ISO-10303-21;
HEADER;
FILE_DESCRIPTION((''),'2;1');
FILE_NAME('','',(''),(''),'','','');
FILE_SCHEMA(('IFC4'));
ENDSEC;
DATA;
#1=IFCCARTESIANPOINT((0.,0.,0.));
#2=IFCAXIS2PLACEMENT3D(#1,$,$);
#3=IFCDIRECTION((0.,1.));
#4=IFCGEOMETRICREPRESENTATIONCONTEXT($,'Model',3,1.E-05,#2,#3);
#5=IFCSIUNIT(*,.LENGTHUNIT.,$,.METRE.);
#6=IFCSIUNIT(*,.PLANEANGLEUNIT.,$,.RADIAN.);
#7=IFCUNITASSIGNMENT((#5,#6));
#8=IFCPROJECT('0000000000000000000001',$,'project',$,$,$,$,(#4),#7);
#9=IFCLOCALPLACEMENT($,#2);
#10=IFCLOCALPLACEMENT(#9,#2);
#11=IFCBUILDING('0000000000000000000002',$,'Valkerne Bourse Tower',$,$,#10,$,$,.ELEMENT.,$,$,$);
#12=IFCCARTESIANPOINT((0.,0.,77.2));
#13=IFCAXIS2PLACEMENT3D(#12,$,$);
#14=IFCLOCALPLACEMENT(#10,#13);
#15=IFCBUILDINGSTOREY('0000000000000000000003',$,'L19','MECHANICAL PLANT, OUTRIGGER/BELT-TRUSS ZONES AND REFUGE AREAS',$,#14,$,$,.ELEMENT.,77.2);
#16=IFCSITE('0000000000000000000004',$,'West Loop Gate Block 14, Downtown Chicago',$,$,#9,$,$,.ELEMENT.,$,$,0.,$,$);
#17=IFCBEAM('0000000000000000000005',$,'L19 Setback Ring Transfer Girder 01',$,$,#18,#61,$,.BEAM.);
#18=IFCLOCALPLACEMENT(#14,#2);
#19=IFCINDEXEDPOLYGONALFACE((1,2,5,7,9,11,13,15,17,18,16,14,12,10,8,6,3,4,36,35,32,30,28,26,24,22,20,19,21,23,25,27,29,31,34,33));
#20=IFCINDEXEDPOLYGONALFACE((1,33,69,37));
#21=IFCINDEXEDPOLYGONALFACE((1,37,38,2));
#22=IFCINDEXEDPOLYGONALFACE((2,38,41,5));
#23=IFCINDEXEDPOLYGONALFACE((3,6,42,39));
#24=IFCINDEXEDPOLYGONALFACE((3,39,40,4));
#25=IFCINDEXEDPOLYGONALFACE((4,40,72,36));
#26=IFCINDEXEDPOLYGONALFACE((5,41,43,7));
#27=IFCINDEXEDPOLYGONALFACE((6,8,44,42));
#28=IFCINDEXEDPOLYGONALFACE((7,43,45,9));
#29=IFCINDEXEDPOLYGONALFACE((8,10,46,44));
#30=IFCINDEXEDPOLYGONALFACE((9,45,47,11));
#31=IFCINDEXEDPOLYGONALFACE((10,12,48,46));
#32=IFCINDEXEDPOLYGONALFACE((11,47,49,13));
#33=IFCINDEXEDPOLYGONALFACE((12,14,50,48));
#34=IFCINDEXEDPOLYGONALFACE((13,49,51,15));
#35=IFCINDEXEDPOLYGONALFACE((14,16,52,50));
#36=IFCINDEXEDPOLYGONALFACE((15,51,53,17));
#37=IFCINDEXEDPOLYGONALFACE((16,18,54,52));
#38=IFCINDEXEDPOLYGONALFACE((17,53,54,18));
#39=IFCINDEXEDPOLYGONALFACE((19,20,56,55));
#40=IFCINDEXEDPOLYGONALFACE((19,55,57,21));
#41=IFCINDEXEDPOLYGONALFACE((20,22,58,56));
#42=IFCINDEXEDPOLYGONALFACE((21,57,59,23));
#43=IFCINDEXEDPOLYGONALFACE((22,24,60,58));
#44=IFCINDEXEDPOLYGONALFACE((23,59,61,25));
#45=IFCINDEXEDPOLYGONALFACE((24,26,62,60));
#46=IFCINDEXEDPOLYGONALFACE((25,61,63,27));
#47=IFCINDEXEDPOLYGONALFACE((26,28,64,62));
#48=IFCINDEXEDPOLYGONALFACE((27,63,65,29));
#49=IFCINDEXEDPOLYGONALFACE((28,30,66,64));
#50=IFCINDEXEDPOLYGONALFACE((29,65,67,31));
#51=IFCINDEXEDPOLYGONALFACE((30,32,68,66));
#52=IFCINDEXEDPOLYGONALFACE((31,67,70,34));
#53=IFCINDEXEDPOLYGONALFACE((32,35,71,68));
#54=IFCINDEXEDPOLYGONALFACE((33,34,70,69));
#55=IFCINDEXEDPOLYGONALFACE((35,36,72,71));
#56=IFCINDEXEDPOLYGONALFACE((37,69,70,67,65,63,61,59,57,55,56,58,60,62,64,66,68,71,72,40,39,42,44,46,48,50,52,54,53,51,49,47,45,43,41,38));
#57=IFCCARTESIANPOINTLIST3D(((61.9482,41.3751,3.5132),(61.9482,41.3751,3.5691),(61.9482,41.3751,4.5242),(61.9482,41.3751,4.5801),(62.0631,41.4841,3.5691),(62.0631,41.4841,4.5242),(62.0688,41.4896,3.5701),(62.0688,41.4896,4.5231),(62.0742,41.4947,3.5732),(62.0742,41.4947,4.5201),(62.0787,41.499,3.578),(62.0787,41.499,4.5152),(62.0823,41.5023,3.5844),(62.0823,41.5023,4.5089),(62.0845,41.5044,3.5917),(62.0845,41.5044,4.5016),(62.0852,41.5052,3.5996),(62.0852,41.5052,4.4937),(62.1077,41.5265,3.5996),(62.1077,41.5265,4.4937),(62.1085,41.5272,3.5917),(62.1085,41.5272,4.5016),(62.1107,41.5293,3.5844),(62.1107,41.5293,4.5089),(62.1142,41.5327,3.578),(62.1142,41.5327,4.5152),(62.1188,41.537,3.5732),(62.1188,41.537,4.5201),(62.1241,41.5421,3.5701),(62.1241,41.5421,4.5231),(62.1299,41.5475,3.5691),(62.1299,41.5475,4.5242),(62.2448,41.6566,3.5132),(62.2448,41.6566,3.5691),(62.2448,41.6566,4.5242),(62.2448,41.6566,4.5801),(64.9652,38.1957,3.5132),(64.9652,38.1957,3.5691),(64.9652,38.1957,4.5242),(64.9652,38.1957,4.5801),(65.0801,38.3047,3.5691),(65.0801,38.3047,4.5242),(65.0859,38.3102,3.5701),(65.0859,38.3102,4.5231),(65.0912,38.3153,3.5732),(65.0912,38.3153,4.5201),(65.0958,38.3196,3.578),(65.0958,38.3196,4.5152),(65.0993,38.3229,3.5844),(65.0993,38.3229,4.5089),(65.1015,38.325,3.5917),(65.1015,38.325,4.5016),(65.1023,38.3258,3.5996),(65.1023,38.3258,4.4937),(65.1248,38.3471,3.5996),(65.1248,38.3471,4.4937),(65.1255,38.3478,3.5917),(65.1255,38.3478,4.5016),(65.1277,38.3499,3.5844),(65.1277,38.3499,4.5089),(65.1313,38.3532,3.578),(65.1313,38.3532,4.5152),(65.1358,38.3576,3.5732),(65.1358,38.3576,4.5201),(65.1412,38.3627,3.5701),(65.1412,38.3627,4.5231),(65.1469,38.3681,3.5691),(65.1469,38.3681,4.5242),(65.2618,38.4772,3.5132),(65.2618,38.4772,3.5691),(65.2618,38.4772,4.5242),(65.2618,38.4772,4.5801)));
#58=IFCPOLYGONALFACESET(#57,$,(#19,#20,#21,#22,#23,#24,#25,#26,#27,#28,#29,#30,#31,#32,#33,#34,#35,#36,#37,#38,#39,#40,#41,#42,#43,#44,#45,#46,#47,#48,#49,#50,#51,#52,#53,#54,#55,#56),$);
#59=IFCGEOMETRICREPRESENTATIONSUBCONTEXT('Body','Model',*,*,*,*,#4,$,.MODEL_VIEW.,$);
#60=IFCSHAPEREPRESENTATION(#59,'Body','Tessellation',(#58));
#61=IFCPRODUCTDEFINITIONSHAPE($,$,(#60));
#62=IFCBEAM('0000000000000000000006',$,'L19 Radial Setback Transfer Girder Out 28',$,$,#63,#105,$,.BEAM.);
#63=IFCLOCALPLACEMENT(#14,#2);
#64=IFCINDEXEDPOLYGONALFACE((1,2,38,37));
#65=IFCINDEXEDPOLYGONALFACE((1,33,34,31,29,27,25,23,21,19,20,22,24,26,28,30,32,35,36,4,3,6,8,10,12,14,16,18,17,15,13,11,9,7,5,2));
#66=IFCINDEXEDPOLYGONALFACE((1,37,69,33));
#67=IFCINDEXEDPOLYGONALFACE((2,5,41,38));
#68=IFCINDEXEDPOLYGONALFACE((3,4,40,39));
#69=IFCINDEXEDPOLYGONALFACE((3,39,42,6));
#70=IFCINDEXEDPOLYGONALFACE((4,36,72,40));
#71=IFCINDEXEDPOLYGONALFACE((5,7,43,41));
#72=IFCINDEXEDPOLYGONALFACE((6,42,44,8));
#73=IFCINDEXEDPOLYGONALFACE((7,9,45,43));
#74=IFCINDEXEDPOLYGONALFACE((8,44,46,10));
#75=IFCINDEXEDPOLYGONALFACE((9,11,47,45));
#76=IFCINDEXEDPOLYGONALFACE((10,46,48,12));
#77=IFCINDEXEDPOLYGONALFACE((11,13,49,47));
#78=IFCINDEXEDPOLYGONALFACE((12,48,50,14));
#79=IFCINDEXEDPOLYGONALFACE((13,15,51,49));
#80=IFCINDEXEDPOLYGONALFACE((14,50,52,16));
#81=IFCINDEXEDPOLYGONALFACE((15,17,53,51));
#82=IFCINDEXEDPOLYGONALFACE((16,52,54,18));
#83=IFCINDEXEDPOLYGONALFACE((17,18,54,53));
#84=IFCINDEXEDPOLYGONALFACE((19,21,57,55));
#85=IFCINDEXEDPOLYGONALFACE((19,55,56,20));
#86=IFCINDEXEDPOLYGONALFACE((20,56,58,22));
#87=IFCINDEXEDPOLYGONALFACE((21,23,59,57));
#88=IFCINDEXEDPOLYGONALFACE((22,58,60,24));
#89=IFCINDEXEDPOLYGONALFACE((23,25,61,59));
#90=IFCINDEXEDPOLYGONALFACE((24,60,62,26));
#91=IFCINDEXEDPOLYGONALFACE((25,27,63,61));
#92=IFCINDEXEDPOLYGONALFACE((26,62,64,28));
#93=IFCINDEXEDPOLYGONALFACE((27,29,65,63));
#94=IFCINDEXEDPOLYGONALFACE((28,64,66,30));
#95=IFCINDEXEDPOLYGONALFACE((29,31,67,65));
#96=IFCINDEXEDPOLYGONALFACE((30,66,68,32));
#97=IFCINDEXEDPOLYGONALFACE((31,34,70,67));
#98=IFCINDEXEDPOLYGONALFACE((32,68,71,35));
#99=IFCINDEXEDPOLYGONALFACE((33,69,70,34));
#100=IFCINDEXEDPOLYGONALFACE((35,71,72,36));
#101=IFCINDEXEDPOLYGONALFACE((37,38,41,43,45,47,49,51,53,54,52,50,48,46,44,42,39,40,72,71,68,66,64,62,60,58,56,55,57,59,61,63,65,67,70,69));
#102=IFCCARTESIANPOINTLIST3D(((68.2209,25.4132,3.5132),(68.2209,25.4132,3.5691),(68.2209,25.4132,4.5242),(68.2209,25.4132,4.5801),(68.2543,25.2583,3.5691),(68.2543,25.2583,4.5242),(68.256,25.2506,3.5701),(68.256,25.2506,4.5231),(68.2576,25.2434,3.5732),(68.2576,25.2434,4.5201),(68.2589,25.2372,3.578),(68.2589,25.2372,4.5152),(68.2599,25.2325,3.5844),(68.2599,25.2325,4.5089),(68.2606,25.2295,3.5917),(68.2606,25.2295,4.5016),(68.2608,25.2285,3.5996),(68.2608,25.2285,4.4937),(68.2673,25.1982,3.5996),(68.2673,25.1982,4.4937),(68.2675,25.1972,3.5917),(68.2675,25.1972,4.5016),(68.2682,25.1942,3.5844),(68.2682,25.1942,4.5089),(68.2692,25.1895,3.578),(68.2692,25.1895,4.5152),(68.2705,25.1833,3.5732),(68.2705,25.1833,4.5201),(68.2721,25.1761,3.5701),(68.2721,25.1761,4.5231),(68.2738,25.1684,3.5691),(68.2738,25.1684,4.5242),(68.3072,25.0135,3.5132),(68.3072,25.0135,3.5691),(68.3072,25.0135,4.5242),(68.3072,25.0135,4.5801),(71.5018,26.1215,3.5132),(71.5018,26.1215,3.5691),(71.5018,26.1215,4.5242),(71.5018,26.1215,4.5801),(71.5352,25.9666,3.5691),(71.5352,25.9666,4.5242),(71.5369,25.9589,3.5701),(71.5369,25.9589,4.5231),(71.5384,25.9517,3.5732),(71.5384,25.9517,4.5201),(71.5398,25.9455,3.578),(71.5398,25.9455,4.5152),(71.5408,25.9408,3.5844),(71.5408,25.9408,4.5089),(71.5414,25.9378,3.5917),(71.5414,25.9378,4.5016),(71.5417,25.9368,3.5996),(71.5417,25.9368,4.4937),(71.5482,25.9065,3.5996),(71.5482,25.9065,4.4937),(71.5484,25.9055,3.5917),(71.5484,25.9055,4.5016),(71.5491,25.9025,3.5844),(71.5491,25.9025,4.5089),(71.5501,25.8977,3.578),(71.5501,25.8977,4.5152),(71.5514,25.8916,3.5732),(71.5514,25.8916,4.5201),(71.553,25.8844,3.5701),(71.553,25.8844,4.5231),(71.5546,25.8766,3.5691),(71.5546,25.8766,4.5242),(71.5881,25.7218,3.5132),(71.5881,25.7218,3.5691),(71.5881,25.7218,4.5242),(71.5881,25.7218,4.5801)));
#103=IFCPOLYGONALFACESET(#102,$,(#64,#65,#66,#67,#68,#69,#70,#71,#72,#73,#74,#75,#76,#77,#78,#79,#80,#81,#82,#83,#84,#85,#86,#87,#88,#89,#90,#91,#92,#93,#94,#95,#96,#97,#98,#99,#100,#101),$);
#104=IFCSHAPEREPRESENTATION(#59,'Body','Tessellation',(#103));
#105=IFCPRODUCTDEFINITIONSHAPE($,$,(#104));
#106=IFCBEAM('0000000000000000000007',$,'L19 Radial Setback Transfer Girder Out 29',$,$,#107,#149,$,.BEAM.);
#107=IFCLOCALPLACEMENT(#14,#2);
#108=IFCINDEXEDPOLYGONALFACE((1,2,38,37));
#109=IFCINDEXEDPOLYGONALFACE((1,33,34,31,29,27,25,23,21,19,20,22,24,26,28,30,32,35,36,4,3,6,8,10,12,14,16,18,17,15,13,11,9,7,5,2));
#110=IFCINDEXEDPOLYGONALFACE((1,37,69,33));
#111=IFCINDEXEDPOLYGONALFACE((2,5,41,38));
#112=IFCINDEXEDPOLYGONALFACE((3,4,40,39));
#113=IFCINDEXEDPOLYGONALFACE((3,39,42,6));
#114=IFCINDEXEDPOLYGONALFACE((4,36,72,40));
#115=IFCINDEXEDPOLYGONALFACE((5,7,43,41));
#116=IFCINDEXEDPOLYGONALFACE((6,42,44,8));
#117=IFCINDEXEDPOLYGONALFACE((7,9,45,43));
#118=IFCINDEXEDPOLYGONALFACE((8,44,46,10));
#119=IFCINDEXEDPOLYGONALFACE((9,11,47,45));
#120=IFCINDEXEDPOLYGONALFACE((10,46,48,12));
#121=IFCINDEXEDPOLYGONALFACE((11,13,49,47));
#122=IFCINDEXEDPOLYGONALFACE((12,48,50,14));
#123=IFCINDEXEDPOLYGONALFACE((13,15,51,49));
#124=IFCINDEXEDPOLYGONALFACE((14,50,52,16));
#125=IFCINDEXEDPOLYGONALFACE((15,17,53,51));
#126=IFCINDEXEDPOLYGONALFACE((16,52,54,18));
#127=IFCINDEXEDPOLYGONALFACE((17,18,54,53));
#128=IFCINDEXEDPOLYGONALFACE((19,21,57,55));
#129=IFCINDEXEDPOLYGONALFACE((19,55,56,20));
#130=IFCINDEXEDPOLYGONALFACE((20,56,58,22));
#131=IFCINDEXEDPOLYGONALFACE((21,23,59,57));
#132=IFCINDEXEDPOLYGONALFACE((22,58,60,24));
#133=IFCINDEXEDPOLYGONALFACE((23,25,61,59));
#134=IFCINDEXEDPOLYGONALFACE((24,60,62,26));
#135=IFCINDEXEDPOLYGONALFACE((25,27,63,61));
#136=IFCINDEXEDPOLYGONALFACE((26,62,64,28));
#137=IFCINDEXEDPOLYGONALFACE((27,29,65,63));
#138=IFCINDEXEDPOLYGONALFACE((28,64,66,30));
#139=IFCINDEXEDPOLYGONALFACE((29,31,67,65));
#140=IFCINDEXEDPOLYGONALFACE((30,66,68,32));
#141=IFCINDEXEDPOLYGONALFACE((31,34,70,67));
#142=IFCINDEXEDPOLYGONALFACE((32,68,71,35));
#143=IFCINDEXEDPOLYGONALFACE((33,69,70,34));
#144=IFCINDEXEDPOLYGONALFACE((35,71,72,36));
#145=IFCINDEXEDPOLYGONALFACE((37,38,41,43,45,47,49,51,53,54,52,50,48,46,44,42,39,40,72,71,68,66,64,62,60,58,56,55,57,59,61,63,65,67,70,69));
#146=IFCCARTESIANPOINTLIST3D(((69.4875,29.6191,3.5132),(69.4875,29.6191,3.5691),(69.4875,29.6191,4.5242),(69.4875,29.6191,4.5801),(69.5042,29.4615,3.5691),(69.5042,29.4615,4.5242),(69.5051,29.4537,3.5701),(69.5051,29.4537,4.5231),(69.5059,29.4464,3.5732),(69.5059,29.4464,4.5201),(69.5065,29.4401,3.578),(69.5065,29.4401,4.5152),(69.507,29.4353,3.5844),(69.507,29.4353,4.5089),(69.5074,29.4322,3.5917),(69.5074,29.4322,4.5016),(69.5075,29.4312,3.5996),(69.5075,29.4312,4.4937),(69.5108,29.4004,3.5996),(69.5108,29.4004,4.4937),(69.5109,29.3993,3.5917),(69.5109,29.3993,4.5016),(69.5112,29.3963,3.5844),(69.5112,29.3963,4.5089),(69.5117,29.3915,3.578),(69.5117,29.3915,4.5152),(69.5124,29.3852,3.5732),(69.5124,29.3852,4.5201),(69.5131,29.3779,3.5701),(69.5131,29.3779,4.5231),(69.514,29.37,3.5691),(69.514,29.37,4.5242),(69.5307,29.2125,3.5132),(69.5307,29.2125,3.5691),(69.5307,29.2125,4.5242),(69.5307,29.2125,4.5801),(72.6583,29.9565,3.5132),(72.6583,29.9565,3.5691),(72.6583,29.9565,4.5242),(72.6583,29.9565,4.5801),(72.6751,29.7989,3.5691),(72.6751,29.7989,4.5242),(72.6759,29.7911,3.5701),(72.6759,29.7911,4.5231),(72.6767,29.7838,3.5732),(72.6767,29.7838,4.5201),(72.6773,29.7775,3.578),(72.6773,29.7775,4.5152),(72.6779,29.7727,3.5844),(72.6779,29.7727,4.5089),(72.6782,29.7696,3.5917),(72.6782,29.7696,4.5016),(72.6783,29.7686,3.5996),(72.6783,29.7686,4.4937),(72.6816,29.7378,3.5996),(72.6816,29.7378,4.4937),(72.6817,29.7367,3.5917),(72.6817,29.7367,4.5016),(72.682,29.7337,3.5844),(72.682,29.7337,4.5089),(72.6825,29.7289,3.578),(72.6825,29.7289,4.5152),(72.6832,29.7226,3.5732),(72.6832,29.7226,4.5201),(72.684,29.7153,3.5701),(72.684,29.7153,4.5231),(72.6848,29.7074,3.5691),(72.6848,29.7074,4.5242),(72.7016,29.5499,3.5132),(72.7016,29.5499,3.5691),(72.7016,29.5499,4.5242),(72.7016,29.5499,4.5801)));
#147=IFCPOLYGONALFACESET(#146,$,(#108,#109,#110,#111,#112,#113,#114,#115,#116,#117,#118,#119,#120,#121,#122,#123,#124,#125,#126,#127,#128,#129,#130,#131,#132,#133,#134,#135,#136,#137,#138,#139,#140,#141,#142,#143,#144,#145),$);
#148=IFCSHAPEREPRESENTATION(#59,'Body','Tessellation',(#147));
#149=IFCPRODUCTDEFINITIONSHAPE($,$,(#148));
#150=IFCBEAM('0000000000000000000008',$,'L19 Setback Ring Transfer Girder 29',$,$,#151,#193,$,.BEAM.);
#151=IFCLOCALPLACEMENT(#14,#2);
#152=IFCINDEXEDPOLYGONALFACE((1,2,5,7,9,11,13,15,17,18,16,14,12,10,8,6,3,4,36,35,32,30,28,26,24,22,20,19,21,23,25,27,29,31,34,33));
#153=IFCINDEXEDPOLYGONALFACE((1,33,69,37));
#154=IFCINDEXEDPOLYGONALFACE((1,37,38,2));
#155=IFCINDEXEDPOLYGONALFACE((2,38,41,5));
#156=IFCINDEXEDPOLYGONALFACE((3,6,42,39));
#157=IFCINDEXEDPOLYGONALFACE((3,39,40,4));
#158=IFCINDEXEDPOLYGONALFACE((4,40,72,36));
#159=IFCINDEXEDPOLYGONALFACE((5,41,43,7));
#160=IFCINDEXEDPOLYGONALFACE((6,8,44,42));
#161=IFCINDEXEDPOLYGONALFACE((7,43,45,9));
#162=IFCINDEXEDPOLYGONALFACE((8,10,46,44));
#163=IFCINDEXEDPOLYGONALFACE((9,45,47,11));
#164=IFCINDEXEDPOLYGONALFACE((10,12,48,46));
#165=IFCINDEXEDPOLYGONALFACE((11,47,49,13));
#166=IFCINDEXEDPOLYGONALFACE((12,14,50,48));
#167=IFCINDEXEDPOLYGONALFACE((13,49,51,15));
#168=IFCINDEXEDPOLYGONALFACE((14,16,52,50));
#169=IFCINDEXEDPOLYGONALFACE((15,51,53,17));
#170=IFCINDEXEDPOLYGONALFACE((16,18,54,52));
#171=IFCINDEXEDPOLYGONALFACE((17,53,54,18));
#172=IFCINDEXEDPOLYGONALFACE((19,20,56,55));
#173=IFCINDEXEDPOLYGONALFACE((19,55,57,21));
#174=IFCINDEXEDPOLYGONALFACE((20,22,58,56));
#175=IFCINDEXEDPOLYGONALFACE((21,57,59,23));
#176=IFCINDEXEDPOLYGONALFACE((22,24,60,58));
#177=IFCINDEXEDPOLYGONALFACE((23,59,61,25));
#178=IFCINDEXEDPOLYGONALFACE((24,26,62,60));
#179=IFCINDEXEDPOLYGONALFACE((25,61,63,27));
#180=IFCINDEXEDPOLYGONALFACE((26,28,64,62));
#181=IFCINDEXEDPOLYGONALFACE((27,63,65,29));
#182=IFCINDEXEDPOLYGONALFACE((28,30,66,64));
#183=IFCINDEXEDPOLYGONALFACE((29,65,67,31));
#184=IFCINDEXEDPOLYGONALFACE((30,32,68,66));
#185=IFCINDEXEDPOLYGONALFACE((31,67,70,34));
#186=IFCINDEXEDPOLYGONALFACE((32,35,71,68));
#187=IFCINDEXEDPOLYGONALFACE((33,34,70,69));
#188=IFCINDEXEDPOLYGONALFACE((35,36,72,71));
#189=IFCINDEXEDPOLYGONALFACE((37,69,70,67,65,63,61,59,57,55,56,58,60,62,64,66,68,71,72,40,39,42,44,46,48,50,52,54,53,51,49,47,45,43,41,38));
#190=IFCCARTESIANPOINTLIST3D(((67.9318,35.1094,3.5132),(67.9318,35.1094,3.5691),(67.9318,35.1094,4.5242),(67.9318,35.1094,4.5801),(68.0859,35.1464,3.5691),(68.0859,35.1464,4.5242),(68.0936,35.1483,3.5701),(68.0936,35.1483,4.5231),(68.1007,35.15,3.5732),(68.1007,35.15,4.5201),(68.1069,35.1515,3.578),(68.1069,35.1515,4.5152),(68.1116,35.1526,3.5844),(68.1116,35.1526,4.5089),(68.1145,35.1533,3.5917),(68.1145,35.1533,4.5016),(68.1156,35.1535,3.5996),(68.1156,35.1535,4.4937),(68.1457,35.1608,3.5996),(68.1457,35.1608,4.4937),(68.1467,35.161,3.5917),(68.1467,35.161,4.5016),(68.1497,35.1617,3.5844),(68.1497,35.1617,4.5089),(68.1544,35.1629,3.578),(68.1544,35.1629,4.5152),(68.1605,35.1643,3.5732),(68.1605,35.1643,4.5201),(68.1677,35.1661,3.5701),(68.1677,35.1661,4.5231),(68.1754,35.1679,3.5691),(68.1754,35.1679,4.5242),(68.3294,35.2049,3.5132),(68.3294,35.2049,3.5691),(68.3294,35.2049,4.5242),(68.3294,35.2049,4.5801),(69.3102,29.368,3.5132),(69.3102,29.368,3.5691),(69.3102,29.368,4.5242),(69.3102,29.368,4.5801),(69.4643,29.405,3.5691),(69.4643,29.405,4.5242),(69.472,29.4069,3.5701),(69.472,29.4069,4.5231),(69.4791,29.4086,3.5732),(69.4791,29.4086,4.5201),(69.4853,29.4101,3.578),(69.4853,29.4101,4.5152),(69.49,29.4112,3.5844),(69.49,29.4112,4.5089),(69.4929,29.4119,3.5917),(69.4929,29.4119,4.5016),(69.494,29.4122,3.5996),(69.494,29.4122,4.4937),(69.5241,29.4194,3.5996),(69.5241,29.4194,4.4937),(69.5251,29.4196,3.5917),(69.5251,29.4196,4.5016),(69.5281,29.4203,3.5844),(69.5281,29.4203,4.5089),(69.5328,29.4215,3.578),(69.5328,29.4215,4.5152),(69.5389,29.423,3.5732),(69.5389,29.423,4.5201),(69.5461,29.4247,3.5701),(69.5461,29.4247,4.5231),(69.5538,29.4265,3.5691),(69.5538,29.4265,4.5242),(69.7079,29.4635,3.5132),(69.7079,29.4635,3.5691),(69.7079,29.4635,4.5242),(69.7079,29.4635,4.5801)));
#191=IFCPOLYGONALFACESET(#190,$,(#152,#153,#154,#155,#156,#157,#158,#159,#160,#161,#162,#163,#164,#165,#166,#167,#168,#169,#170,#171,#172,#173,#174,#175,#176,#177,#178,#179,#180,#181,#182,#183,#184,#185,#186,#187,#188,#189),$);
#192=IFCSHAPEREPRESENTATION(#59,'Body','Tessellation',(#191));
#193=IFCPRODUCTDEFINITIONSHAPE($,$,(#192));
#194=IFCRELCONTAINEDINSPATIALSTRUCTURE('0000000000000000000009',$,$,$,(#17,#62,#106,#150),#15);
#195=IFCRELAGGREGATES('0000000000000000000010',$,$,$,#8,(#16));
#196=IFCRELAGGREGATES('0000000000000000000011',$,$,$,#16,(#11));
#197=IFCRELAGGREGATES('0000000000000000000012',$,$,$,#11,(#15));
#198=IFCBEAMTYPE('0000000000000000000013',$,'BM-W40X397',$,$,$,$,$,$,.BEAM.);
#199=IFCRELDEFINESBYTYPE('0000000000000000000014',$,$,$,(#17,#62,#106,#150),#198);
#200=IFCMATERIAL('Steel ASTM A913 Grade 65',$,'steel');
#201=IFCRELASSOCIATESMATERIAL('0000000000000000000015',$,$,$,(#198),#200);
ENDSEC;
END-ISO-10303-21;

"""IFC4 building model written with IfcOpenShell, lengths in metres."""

from ifc_helpers import new_model, si_unit, direction, frame, origin, origin_2d, place, context, subcontext, project, spatial, i_section, extrude, material, material_profile, profile_set, type_object, element, save


model = new_model("IFC4")

# Units and contexts
model_context = context("Model", 3, precision=1e-05, world=origin(), true_north=direction((0.0, 1.0)))
body_context = subcontext(model_context, "Body", "Model", "MODEL_VIEW")
ifc_project = project(units=[si_unit("LENGTHUNIT", "METRE"), si_unit("PLANEANGLEUNIT", "RADIAN")], contexts=[model_context])

# Site, building, storey
site_placement = place(None, origin())
site = spatial("IfcSite", under=ifc_project, at=site_placement, Name="West Loop Gate Block 14, Downtown Chicago", CompositionType="ELEMENT", RefElevation=0.0)
building_placement = place(site_placement, origin())
building = spatial("IfcBuilding", under=site, at=building_placement, Name="Valkerne Bourse Tower", CompositionType="ELEMENT")
storey_placement = place(building_placement, frame((0.0, 0.0, 77.2)))
storey = spatial("IfcBuildingStorey", under=building, at=storey_placement, Name="L19", Description="MECHANICAL PLANT, OUTRIGGER/BELT-TRUSS ZONES AND REFUGE AREAS", CompositionType="ELEMENT", Elevation=77.2)

# Shared definitions
ifc_material_1 = material(Name="Steel ASTM A913 Grade 65", Category="steel")

# Beams
ifc_material_profile_1 = material_profile(ifc_material_1, i_section(OverallWidth=0.4089, OverallDepth=1.0669, WebThickness=0.031, FlangeThickness=0.0559, FilletRadius=0.0305, at=origin_2d()), Name="W40X397")
ifc_profile_set_1 = profile_set([ifc_material_profile_1], Name="Steel ASTM A913 Grade 65")
beam_type_1 = type_object("IfcBeamType", Name="BM-W40X397", PredefinedType="BEAM", material=ifc_profile_set_1)
for number, where, z_axis, x_axis, name in (
    (1, (65.1135, 38.3364, 4.0466), (-0.688344, 0.725385, 0.0), (-0.725385, -0.688344, 0.0), "L19 Setback Ring Transfer Girder 01"),
):
    element("IfcBeam", number, at=place(storey_placement, frame(where, z_axis=z_axis, x_axis=x_axis)), inside=storey, type_object=beam_type_1, Name=name, PredefinedType="BEAM", context=body_context, shape_type="SweptSolid", body=[
        extrude(i_section(OverallWidth=0.4089, OverallDepth=1.0669, WebThickness=0.031, FlangeThickness=0.0559, FilletRadius=0.0305, at=origin_2d()), origin(), (0.0, 0.0, 1.0), 4.3831),
    ])
beam_1_placement = place(storey_placement, frame((71.5449, 25.9216, 4.0466), z_axis=(-0.977482, -0.211019, 0.0), x_axis=(0.211019, -0.977482, 0.0)))
element("IfcBeam", 2, at=beam_1_placement, inside=storey, type_object=beam_type_1, Name="L19 Radial Setback Transfer Girder Out 28", PredefinedType="BEAM", context=body_context, shape_type="SweptSolid", body=[
    extrude(i_section(OverallWidth=0.4089, OverallDepth=1.0669, WebThickness=0.031, FlangeThickness=0.0559, FilletRadius=0.0305, at=origin_2d()), origin(), (0.0, 0.0, 1.0), 3.3564),
])
beam_2_placement = place(storey_placement, frame((72.6799, 29.7532, 4.0466), z_axis=(-0.994387, -0.105809, 0.0), x_axis=(0.105809, -0.994387, 0.0)))
element("IfcBeam", 3, at=beam_2_placement, inside=storey, type_object=beam_type_1, Name="L19 Radial Setback Transfer Girder Out 29", PredefinedType="BEAM", context=body_context, shape_type="SweptSolid", body=[
    extrude(i_section(OverallWidth=0.4089, OverallDepth=1.0669, WebThickness=0.031, FlangeThickness=0.0559, FilletRadius=0.0305, at=origin_2d()), origin(), (0.0, 0.0, 1.0), 3.1887),
])
beam_3_placement = place(storey_placement, frame((69.509, 29.4158, 4.0466), z_axis=(-0.233448, 0.972369, 0.0), x_axis=(-0.972369, -0.233448, 0.0)))
element("IfcBeam", 4, at=beam_3_placement, inside=storey, type_object=beam_type_1, Name="L19 Setback Ring Transfer Girder 29", PredefinedType="BEAM", context=body_context, shape_type="SweptSolid", body=[
    extrude(i_section(OverallWidth=0.4089, OverallDepth=1.0669, WebThickness=0.031, FlangeThickness=0.0559, FilletRadius=0.0305, at=origin_2d()), origin(), (0.0, 0.0, 1.0), 5.9045),
])

save(model, "model.ifc")
